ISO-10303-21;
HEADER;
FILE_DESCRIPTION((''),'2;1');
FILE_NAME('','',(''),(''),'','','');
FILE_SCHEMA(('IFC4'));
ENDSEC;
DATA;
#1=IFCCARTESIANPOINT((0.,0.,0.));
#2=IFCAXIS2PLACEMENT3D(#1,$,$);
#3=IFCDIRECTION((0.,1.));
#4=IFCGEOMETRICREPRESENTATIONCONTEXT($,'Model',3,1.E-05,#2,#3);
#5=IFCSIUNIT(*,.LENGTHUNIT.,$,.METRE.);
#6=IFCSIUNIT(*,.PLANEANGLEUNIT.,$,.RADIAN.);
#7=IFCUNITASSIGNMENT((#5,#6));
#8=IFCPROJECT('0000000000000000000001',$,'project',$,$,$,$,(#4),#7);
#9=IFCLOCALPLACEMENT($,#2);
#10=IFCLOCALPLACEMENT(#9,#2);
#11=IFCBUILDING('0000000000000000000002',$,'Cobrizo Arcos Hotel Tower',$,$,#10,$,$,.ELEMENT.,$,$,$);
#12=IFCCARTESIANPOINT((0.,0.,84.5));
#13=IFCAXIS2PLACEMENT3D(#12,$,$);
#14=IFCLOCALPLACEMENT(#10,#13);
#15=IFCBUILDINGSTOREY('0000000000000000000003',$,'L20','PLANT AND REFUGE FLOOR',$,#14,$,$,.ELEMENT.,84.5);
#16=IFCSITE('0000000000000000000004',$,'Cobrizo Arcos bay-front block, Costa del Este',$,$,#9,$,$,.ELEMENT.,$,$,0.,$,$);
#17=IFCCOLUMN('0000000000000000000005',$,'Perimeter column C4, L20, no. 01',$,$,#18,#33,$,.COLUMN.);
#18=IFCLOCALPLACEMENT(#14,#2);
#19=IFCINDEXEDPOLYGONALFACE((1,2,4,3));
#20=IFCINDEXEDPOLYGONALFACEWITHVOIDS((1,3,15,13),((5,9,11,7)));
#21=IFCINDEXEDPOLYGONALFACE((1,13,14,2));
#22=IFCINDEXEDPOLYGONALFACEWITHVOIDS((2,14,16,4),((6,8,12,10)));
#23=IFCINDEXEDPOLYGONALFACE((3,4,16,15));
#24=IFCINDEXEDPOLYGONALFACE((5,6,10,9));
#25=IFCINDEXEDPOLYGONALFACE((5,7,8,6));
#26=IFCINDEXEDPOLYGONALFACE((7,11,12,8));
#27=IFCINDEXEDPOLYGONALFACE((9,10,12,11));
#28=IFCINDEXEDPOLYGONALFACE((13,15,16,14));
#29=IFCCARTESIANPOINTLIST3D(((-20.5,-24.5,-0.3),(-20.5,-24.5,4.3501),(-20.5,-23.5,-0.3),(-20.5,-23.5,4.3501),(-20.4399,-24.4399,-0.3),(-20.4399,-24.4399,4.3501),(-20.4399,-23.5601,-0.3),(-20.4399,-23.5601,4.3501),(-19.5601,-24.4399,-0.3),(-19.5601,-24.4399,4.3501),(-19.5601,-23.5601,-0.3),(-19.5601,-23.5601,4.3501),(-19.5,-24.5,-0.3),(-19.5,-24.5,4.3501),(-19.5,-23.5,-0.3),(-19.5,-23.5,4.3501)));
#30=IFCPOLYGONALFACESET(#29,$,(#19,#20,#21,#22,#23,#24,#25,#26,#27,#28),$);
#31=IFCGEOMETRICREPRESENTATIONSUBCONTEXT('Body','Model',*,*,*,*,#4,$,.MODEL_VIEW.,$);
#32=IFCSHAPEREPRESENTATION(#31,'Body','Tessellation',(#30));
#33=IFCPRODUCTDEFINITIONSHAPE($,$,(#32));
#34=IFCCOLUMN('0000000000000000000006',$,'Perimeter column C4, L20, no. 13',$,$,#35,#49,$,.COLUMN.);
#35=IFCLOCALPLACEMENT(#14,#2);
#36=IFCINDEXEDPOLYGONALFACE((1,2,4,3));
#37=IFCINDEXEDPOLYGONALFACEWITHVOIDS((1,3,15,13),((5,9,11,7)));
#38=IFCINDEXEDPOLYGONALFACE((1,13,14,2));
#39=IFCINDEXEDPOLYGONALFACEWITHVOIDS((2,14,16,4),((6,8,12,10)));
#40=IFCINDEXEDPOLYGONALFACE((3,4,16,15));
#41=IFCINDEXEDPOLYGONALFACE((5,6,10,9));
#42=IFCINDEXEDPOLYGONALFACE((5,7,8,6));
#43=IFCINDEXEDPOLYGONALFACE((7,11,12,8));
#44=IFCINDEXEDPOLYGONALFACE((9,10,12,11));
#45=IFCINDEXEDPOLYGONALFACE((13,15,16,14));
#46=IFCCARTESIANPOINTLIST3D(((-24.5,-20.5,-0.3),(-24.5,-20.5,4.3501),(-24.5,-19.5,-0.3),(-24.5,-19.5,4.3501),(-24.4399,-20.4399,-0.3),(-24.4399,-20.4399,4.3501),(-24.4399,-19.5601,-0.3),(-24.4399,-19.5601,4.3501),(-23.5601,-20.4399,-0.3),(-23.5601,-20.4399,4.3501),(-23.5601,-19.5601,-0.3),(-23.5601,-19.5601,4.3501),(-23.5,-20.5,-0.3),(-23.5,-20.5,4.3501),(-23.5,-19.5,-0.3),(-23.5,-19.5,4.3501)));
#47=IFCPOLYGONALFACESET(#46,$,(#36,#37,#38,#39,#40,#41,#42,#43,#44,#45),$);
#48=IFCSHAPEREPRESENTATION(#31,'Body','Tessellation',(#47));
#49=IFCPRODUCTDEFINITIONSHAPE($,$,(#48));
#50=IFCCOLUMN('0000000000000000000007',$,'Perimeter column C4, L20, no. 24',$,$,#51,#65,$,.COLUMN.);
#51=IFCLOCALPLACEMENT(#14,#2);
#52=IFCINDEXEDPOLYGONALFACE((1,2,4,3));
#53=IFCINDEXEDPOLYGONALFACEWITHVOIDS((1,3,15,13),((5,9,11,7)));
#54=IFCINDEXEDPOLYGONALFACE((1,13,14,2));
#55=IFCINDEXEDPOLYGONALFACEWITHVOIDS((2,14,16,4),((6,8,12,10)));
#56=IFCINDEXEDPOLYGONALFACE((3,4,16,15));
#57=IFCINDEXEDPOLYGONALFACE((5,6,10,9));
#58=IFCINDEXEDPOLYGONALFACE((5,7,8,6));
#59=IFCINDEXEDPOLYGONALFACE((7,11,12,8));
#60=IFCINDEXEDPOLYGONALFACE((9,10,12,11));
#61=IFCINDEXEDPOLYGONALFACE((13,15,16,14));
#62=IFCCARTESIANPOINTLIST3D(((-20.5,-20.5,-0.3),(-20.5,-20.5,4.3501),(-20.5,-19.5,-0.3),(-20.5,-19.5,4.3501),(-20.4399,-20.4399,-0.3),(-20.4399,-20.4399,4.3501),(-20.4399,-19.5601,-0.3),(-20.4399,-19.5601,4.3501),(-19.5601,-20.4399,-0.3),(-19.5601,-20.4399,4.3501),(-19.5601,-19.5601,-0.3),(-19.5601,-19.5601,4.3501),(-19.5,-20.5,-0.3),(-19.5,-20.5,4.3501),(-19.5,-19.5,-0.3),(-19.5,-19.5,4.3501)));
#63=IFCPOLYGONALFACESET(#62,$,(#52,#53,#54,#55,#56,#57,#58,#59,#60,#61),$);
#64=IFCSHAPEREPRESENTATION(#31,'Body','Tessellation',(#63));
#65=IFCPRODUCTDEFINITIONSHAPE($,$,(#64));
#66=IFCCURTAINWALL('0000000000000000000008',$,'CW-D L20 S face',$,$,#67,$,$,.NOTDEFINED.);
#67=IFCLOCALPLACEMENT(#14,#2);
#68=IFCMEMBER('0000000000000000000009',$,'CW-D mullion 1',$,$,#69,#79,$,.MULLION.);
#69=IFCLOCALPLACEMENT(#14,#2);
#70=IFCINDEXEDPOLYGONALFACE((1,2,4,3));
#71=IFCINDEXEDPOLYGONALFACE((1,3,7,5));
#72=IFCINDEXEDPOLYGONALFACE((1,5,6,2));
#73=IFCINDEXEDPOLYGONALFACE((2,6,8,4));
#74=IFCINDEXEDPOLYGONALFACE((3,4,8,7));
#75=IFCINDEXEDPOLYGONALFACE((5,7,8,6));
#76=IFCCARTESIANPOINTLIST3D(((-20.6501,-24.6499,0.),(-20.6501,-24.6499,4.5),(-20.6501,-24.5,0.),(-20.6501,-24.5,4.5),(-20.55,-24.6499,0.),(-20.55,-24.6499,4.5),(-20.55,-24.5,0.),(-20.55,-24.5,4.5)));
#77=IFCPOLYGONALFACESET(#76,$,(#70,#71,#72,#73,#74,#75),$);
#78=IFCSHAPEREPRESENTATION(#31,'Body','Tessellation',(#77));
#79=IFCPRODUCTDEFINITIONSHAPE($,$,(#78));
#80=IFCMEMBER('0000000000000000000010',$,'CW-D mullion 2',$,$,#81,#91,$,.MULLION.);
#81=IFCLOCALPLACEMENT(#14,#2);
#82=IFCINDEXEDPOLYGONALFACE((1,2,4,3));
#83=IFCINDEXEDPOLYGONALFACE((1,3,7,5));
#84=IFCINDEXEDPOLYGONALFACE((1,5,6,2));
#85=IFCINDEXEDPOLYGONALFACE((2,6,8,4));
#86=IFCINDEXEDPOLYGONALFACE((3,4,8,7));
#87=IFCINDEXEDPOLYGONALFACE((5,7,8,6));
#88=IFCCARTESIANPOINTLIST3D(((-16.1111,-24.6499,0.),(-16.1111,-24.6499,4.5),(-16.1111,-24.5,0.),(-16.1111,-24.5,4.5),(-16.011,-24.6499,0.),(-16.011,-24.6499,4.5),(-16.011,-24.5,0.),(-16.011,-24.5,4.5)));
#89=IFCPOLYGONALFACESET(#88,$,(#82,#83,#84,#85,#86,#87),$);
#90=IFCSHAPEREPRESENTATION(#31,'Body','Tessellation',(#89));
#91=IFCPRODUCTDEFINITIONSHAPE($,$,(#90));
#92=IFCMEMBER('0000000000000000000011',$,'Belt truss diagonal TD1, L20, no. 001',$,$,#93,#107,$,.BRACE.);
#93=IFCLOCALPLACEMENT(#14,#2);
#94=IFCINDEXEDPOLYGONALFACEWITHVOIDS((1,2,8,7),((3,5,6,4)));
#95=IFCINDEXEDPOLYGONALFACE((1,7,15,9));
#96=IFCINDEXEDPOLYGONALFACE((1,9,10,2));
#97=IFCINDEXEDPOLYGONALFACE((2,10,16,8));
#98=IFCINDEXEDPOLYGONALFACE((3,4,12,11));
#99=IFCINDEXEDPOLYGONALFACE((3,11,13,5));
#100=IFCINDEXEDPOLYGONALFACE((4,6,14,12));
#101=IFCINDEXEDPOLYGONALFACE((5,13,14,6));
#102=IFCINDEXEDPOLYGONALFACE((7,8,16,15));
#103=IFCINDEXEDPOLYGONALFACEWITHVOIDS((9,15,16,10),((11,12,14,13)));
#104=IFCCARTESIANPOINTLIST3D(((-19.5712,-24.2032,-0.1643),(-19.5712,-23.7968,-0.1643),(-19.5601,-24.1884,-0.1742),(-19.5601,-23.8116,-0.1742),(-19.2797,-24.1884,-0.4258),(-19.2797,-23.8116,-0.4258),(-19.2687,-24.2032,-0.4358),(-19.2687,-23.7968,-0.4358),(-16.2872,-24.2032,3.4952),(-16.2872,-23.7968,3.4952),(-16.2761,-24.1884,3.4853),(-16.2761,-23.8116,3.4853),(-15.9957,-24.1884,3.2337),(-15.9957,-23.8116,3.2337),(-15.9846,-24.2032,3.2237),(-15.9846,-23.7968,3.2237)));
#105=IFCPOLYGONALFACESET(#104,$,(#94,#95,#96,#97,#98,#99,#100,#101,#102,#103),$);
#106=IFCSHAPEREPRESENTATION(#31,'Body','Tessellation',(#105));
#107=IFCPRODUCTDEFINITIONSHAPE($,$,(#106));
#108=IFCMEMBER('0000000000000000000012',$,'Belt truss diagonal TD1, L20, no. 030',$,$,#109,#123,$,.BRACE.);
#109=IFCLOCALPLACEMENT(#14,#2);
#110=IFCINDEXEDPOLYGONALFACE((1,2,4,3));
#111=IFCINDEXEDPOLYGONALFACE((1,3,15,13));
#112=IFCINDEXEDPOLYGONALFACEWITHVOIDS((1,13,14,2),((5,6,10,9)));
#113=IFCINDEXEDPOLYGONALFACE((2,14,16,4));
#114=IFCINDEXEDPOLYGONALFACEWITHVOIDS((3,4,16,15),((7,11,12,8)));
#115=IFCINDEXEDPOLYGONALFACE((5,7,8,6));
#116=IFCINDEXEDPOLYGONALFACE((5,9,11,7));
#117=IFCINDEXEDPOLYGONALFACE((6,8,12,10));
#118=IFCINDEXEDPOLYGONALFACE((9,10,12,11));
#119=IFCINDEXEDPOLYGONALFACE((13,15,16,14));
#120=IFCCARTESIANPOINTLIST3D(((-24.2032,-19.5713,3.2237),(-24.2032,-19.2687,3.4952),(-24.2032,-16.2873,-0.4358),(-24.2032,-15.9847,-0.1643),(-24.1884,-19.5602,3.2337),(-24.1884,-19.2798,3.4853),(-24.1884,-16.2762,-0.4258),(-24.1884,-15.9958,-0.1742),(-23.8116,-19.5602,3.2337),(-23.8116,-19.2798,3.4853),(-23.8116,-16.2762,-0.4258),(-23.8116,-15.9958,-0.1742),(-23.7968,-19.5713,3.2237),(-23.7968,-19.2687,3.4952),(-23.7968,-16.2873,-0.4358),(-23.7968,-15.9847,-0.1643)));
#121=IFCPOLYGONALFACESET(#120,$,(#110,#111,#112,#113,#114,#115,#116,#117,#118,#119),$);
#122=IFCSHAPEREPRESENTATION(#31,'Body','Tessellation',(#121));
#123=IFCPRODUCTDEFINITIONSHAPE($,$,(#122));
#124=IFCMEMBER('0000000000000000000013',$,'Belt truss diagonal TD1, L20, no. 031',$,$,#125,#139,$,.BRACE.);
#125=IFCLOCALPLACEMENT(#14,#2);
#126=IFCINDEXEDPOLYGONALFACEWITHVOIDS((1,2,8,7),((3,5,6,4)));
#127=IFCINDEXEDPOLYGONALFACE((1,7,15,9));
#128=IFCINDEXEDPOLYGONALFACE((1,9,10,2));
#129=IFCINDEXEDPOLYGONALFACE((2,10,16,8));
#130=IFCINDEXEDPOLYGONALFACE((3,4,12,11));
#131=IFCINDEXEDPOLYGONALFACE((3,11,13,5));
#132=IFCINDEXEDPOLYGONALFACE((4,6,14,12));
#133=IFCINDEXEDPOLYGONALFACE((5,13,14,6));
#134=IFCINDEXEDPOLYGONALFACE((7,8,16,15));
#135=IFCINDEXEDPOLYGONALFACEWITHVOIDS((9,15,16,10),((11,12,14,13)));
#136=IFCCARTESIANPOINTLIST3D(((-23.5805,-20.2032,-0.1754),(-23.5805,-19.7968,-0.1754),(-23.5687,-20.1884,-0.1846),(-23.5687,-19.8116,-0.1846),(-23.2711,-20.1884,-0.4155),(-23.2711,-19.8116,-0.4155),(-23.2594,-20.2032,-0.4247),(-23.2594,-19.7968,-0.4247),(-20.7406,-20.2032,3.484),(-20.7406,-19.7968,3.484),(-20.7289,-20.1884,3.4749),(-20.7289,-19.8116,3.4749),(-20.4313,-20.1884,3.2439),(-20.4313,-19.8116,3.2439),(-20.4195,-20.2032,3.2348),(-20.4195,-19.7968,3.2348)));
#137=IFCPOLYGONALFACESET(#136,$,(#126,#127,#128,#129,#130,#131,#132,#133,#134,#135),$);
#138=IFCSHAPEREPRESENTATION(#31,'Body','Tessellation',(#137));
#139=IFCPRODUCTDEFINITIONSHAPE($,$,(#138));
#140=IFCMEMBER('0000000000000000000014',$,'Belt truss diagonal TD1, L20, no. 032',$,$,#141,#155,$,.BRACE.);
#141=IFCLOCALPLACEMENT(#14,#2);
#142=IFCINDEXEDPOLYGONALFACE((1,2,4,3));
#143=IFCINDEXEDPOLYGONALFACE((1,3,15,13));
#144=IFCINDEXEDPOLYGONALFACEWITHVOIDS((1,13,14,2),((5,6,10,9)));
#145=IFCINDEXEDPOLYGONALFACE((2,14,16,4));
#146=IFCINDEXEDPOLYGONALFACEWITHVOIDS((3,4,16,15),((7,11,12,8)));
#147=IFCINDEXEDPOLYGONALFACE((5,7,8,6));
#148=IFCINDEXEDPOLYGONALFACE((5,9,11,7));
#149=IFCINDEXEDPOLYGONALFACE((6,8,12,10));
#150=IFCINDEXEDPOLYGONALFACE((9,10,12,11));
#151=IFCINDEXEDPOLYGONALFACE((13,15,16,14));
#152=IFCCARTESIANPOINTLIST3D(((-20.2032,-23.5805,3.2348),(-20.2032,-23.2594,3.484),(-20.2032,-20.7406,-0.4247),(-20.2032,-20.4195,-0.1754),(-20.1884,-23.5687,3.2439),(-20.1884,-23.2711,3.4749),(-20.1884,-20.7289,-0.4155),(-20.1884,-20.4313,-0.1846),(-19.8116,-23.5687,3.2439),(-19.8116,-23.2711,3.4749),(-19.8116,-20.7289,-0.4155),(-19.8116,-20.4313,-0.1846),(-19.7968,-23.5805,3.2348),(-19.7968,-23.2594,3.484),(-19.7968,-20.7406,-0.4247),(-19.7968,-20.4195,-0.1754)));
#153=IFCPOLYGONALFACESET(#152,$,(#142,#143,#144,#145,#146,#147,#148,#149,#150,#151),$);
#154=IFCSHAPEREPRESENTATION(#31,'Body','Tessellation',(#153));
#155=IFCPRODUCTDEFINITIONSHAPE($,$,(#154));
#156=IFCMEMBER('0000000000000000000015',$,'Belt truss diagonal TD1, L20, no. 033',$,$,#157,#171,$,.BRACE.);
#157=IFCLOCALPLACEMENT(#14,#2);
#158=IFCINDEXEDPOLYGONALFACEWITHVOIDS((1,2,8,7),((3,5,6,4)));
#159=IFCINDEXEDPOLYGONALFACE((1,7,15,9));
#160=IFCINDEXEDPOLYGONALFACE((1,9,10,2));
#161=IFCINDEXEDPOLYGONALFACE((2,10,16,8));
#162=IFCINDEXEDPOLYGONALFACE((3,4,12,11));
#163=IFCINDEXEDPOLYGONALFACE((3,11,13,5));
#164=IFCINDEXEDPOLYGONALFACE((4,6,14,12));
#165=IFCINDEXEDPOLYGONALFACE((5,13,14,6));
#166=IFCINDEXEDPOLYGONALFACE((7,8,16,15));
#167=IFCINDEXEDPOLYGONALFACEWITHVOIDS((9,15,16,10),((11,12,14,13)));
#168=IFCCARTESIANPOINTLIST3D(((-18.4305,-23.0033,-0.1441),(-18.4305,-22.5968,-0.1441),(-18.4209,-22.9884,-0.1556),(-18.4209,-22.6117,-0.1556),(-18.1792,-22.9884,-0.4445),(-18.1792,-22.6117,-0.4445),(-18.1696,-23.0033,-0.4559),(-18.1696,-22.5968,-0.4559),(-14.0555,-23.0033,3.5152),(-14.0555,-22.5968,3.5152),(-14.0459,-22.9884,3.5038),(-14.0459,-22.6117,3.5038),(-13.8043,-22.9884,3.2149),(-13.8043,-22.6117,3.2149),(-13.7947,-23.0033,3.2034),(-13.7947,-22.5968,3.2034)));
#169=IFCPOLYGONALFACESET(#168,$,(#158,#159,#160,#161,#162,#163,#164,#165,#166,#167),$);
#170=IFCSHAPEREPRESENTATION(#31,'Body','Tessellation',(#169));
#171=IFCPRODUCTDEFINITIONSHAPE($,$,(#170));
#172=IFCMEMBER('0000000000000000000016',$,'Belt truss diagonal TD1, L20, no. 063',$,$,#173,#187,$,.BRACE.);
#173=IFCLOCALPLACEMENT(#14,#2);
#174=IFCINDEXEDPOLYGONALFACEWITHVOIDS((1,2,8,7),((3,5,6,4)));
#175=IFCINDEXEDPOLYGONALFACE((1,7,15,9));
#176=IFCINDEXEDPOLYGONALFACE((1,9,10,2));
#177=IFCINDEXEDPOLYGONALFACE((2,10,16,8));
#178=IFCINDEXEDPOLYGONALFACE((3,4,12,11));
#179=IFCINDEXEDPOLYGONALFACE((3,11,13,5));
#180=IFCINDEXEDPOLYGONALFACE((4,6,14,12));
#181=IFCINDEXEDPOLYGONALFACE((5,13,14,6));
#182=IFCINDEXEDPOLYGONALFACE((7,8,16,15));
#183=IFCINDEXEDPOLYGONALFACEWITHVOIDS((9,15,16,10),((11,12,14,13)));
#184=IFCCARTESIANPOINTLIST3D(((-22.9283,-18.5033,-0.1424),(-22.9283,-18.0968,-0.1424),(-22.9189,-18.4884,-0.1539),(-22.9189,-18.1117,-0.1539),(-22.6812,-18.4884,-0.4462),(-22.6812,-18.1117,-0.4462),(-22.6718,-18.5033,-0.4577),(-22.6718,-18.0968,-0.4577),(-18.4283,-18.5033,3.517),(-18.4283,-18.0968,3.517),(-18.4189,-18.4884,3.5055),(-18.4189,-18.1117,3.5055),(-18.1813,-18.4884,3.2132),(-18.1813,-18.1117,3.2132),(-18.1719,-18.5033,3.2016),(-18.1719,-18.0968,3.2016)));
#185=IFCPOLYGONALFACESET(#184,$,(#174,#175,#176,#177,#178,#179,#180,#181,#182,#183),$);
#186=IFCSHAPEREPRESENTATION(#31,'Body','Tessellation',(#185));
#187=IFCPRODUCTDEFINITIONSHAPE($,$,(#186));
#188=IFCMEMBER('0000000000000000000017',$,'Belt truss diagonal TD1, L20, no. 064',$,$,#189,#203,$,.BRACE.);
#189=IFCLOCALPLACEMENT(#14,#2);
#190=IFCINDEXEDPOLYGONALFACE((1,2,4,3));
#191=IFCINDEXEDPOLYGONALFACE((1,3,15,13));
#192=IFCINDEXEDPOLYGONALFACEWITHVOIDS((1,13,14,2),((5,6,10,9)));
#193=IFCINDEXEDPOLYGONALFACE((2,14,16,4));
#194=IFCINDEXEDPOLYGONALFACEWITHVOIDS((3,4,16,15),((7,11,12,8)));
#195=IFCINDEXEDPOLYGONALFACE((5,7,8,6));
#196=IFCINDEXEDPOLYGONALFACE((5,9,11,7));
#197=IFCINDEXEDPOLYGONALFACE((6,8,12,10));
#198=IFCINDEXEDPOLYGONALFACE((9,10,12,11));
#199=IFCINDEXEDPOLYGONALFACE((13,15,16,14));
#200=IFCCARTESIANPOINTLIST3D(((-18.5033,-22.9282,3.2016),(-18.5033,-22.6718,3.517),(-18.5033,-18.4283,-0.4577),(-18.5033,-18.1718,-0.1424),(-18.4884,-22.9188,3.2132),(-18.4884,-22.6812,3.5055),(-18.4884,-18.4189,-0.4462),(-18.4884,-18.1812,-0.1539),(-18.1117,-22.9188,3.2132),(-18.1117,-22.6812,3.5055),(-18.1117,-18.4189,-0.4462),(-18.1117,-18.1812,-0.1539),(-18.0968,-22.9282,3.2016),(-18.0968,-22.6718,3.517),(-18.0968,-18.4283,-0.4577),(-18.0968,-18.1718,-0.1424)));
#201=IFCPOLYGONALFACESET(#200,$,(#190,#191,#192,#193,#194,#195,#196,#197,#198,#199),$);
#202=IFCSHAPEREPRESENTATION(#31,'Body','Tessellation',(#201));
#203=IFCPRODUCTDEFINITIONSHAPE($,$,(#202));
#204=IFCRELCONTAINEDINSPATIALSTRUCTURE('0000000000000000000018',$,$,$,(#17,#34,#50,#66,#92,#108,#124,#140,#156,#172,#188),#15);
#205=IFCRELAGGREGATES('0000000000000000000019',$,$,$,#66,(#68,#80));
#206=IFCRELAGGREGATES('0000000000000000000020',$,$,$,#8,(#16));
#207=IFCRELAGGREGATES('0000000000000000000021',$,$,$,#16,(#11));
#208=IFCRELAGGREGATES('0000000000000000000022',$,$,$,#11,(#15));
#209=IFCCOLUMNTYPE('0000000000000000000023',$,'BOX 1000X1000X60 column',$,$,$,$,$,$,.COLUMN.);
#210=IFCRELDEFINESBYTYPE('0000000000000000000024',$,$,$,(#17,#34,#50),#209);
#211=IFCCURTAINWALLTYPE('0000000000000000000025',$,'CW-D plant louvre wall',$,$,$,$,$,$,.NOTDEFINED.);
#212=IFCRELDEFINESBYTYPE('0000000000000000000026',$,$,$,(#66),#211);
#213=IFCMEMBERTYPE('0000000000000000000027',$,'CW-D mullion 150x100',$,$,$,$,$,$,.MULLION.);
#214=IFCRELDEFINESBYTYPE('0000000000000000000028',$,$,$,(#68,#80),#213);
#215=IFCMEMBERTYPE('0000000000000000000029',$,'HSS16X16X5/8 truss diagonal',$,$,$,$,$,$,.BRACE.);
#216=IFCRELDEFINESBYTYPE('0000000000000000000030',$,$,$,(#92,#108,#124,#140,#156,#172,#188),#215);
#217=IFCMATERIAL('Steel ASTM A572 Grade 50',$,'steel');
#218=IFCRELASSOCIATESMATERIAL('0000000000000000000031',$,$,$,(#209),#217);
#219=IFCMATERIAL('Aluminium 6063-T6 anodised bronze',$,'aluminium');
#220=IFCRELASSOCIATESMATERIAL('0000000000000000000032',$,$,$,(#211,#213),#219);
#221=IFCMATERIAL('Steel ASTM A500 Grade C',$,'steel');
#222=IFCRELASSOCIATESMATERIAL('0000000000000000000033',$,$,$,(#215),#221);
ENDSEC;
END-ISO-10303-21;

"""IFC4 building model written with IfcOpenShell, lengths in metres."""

from ifc_helpers import new_model, si_unit, direction, frame, origin, origin_2d, place, context, subcontext, project, spatial, rectangle, hollow_rectangle, extrude, material, material_profile, profile_set, type_object, element, aggregate, save


model = new_model("IFC4")

# Units and contexts
model_context = context("Model", 3, precision=1e-05, world=origin(), true_north=direction((0.0, 1.0)))
body_context = subcontext(model_context, "Body", "Model", "MODEL_VIEW")
ifc_project = project(units=[si_unit("LENGTHUNIT", "METRE"), si_unit("PLANEANGLEUNIT", "RADIAN")], contexts=[model_context])

# Site, building, storey
site_placement = place(None, origin())
site = spatial("IfcSite", under=ifc_project, at=site_placement, Name="Cobrizo Arcos bay-front block, Costa del Este", CompositionType="ELEMENT", RefElevation=0.0)
building_placement = place(site_placement, origin())
building = spatial("IfcBuilding", under=site, at=building_placement, Name="Cobrizo Arcos Hotel Tower", CompositionType="ELEMENT")
storey_placement = place(building_placement, frame((0.0, 0.0, 84.5)))
storey = spatial("IfcBuildingStorey", under=building, at=storey_placement, Name="L20", Description="PLANT AND REFUGE FLOOR", CompositionType="ELEMENT", Elevation=84.5)

# Columns
ifc_material_1 = material(Name="Steel ASTM A572 Grade 50", Category="steel")
ifc_material_profile_1 = material_profile(ifc_material_1, hollow_rectangle(XDim=1.0, YDim=1.0, WallThickness=0.0601, at=origin_2d()), Name="BOX 1000X1000X60")
ifc_profile_set_1 = profile_set([ifc_material_profile_1], Name="Steel ASTM A572 Grade 50")
column_type = type_object("IfcColumnType", Name="BOX 1000X1000X60 column", PredefinedType="COLUMN", material=ifc_profile_set_1)
for number, where, z_axis, x_axis, name in (
    (1, (-20.0, -24.0, -0.3), (0.0, 0.0, 1.0), (1.0, 0.0, 0.0), "Perimeter column C4, L20, no. 01"),
    (2, (-24.0, -20.0, -0.3), (0.0, 0.0, 1.0), (1.0, 0.0, 0.0), "Perimeter column C4, L20, no. 13"),
    (3, (-20.0, -20.0, -0.3), (0.0, 0.0, 1.0), (1.0, 0.0, 0.0), "Perimeter column C4, L20, no. 24"),
):
    element("IfcColumn", number, at=place(storey_placement, frame(where, z_axis=z_axis, x_axis=x_axis)), inside=storey, type_object=column_type, Name=name, PredefinedType="COLUMN", context=body_context, shape_type="SweptSolid", body=[
        extrude(hollow_rectangle(XDim=1.0, YDim=1.0, WallThickness=0.0601, at=origin_2d()), origin(), (0.0, 0.0, 1.0), 4.6501),
    ])

# Curtain wall, members
ifc_material_2 = material(Name="Aluminium 6063-T6 anodised bronze", Category="aluminium")
curtain_wall_type = type_object("IfcCurtainWallType", Name="CW-D plant louvre wall", PredefinedType="NOTDEFINED", material=ifc_material_2)
curtain_wall_placement = place(storey_placement, origin())
curtain_wall = element("IfcCurtainWall", 4, at=curtain_wall_placement, inside=storey, type_object=curtain_wall_type, Name="CW-D L20 S face", PredefinedType="NOTDEFINED")
ifc_material_profile_2 = material_profile(ifc_material_2, rectangle(XDim=0.1499, YDim=0.1001, at=origin_2d()), Name="CW-D mullion 150x100")
ifc_profile_set_2 = profile_set([ifc_material_profile_2], Name="Aluminium 6063-T6 anodised bronze")
member_type_1 = type_object("IfcMemberType", Name="CW-D mullion 150x100", PredefinedType="MULLION", material=ifc_profile_set_2)
member_1_placement = place(storey_placement, frame((-20.6001, -24.575, 0.0), z_axis=(0.0, 0.0, 1.0), x_axis=(0.0, -1.0, 0.0)))
member_1 = element("IfcMember", 5, at=member_1_placement, type_object=member_type_1, Name="CW-D mullion 1", PredefinedType="MULLION", context=body_context, shape_type="SweptSolid", body=[
    extrude(rectangle(XDim=0.1499, YDim=0.1001, at=origin_2d()), origin(), (0.0, 0.0, 1.0), 4.5),
])
member_2_placement = place(storey_placement, frame((-16.061, -24.575, 0.0), z_axis=(0.0, 0.0, 1.0), x_axis=(0.0, -1.0, 0.0)))
member_2 = element("IfcMember", 6, at=member_2_placement, type_object=member_type_1, Name="CW-D mullion 2", PredefinedType="MULLION", context=body_context, shape_type="SweptSolid", body=[
    extrude(rectangle(XDim=0.1499, YDim=0.1001, at=origin_2d()), origin(), (0.0, 0.0, 1.0), 4.5),
])

# Members
ifc_material_3 = material(Name="Steel ASTM A500 Grade C", Category="steel")
ifc_material_profile_3 = material_profile(ifc_material_3, hollow_rectangle(XDim=0.4065, YDim=0.4065, WallThickness=0.0149, at=origin_2d()), Name="HSS16X16X5/8")
ifc_profile_set_3 = profile_set([ifc_material_profile_3], Name="Steel ASTM A500 Grade C")
member_type_2 = type_object("IfcMemberType", Name="HSS16X16X5/8 truss diagonal", PredefinedType="BRACE", material=ifc_profile_set_3)
for number, where, z_axis, x_axis, name in (
    (7, (-19.4199, -24.0, -0.3), (0.667891, 0.0, 0.744259), (0.0, 1.0, 0.0), "Belt truss diagonal TD1, L20, no. 001"),
    (8, (-24.0, -16.136, -0.3), (0.0, -0.667891, 0.744259), (1.0, 0.0, 0.0), "Belt truss diagonal TD1, L20, no. 030"),
):
    element("IfcMember", number, at=place(storey_placement, frame(where, z_axis=z_axis, x_axis=x_axis)), inside=storey, type_object=member_type_2, Name=name, PredefinedType="BRACE", context=body_context, shape_type="SweptSolid", body=[
        extrude(hollow_rectangle(XDim=0.4065, YDim=0.4065, WallThickness=0.0149, at=origin_2d()), origin(), (0.0, 0.0, 1.0), 4.917),
    ])
for number, where, z_axis, x_axis, name in (
    (9, (-23.4199, -20.0, -0.3), (0.613083, 0.0, 0.790019), (0.0, 1.0, 0.0), "Belt truss diagonal TD1, L20, no. 031"),
    (10, (-20.0, -20.5801, -0.3), (0.0, -0.613083, 0.790019), (1.0, 0.0, 0.0), "Belt truss diagonal TD1, L20, no. 032"),
):
    element("IfcMember", number, at=place(storey_placement, frame(where, z_axis=z_axis, x_axis=x_axis)), inside=storey, type_object=member_type_2, Name=name, PredefinedType="BRACE", context=body_context, shape_type="SweptSolid", body=[
        extrude(hollow_rectangle(XDim=0.4065, YDim=0.4065, WallThickness=0.0149, at=origin_2d()), origin(), (0.0, 0.0, 1.0), 4.6321),
    ])
member_3_placement = place(storey_placement, frame((-18.3, -22.8, -0.3), z_axis=(0.767048, 0.0, 0.64159), x_axis=(0.0, 1.0, 0.0)))
element("IfcMember", 11, at=member_3_placement, inside=storey, type_object=member_type_2, Name="Belt truss diagonal TD1, L20, no. 033", PredefinedType="BRACE", context=body_context, shape_type="SweptSolid", body=[
    extrude(hollow_rectangle(XDim=0.4065, YDim=0.4065, WallThickness=0.0149, at=origin_2d()), origin(), (0.0, 0.0, 1.0), 5.7036),
])
for number, where, z_axis, x_axis, name in (
    (12, (-22.8, -18.3, -0.3), (0.775846, 0.0, 0.630922), (0.0, 1.0, 0.0), "Belt truss diagonal TD1, L20, no. 063"),
    (13, (-18.3, -18.3, -0.3), (0.0, -0.775846, 0.630922), (1.0, 0.0, 0.0), "Belt truss diagonal TD1, L20, no. 064"),
):
    element("IfcMember", number, at=place(storey_placement, frame(where, z_axis=z_axis, x_axis=x_axis)), inside=storey, type_object=member_type_2, Name=name, PredefinedType="BRACE", context=body_context, shape_type="SweptSolid", body=[
        extrude(hollow_rectangle(XDim=0.4065, YDim=0.4065, WallThickness=0.0149, at=origin_2d()), origin(), (0.0, 0.0, 1.0), 5.8),
    ])

aggregate(curtain_wall, [member_1, member_2])

save(model, "model.ifc")
